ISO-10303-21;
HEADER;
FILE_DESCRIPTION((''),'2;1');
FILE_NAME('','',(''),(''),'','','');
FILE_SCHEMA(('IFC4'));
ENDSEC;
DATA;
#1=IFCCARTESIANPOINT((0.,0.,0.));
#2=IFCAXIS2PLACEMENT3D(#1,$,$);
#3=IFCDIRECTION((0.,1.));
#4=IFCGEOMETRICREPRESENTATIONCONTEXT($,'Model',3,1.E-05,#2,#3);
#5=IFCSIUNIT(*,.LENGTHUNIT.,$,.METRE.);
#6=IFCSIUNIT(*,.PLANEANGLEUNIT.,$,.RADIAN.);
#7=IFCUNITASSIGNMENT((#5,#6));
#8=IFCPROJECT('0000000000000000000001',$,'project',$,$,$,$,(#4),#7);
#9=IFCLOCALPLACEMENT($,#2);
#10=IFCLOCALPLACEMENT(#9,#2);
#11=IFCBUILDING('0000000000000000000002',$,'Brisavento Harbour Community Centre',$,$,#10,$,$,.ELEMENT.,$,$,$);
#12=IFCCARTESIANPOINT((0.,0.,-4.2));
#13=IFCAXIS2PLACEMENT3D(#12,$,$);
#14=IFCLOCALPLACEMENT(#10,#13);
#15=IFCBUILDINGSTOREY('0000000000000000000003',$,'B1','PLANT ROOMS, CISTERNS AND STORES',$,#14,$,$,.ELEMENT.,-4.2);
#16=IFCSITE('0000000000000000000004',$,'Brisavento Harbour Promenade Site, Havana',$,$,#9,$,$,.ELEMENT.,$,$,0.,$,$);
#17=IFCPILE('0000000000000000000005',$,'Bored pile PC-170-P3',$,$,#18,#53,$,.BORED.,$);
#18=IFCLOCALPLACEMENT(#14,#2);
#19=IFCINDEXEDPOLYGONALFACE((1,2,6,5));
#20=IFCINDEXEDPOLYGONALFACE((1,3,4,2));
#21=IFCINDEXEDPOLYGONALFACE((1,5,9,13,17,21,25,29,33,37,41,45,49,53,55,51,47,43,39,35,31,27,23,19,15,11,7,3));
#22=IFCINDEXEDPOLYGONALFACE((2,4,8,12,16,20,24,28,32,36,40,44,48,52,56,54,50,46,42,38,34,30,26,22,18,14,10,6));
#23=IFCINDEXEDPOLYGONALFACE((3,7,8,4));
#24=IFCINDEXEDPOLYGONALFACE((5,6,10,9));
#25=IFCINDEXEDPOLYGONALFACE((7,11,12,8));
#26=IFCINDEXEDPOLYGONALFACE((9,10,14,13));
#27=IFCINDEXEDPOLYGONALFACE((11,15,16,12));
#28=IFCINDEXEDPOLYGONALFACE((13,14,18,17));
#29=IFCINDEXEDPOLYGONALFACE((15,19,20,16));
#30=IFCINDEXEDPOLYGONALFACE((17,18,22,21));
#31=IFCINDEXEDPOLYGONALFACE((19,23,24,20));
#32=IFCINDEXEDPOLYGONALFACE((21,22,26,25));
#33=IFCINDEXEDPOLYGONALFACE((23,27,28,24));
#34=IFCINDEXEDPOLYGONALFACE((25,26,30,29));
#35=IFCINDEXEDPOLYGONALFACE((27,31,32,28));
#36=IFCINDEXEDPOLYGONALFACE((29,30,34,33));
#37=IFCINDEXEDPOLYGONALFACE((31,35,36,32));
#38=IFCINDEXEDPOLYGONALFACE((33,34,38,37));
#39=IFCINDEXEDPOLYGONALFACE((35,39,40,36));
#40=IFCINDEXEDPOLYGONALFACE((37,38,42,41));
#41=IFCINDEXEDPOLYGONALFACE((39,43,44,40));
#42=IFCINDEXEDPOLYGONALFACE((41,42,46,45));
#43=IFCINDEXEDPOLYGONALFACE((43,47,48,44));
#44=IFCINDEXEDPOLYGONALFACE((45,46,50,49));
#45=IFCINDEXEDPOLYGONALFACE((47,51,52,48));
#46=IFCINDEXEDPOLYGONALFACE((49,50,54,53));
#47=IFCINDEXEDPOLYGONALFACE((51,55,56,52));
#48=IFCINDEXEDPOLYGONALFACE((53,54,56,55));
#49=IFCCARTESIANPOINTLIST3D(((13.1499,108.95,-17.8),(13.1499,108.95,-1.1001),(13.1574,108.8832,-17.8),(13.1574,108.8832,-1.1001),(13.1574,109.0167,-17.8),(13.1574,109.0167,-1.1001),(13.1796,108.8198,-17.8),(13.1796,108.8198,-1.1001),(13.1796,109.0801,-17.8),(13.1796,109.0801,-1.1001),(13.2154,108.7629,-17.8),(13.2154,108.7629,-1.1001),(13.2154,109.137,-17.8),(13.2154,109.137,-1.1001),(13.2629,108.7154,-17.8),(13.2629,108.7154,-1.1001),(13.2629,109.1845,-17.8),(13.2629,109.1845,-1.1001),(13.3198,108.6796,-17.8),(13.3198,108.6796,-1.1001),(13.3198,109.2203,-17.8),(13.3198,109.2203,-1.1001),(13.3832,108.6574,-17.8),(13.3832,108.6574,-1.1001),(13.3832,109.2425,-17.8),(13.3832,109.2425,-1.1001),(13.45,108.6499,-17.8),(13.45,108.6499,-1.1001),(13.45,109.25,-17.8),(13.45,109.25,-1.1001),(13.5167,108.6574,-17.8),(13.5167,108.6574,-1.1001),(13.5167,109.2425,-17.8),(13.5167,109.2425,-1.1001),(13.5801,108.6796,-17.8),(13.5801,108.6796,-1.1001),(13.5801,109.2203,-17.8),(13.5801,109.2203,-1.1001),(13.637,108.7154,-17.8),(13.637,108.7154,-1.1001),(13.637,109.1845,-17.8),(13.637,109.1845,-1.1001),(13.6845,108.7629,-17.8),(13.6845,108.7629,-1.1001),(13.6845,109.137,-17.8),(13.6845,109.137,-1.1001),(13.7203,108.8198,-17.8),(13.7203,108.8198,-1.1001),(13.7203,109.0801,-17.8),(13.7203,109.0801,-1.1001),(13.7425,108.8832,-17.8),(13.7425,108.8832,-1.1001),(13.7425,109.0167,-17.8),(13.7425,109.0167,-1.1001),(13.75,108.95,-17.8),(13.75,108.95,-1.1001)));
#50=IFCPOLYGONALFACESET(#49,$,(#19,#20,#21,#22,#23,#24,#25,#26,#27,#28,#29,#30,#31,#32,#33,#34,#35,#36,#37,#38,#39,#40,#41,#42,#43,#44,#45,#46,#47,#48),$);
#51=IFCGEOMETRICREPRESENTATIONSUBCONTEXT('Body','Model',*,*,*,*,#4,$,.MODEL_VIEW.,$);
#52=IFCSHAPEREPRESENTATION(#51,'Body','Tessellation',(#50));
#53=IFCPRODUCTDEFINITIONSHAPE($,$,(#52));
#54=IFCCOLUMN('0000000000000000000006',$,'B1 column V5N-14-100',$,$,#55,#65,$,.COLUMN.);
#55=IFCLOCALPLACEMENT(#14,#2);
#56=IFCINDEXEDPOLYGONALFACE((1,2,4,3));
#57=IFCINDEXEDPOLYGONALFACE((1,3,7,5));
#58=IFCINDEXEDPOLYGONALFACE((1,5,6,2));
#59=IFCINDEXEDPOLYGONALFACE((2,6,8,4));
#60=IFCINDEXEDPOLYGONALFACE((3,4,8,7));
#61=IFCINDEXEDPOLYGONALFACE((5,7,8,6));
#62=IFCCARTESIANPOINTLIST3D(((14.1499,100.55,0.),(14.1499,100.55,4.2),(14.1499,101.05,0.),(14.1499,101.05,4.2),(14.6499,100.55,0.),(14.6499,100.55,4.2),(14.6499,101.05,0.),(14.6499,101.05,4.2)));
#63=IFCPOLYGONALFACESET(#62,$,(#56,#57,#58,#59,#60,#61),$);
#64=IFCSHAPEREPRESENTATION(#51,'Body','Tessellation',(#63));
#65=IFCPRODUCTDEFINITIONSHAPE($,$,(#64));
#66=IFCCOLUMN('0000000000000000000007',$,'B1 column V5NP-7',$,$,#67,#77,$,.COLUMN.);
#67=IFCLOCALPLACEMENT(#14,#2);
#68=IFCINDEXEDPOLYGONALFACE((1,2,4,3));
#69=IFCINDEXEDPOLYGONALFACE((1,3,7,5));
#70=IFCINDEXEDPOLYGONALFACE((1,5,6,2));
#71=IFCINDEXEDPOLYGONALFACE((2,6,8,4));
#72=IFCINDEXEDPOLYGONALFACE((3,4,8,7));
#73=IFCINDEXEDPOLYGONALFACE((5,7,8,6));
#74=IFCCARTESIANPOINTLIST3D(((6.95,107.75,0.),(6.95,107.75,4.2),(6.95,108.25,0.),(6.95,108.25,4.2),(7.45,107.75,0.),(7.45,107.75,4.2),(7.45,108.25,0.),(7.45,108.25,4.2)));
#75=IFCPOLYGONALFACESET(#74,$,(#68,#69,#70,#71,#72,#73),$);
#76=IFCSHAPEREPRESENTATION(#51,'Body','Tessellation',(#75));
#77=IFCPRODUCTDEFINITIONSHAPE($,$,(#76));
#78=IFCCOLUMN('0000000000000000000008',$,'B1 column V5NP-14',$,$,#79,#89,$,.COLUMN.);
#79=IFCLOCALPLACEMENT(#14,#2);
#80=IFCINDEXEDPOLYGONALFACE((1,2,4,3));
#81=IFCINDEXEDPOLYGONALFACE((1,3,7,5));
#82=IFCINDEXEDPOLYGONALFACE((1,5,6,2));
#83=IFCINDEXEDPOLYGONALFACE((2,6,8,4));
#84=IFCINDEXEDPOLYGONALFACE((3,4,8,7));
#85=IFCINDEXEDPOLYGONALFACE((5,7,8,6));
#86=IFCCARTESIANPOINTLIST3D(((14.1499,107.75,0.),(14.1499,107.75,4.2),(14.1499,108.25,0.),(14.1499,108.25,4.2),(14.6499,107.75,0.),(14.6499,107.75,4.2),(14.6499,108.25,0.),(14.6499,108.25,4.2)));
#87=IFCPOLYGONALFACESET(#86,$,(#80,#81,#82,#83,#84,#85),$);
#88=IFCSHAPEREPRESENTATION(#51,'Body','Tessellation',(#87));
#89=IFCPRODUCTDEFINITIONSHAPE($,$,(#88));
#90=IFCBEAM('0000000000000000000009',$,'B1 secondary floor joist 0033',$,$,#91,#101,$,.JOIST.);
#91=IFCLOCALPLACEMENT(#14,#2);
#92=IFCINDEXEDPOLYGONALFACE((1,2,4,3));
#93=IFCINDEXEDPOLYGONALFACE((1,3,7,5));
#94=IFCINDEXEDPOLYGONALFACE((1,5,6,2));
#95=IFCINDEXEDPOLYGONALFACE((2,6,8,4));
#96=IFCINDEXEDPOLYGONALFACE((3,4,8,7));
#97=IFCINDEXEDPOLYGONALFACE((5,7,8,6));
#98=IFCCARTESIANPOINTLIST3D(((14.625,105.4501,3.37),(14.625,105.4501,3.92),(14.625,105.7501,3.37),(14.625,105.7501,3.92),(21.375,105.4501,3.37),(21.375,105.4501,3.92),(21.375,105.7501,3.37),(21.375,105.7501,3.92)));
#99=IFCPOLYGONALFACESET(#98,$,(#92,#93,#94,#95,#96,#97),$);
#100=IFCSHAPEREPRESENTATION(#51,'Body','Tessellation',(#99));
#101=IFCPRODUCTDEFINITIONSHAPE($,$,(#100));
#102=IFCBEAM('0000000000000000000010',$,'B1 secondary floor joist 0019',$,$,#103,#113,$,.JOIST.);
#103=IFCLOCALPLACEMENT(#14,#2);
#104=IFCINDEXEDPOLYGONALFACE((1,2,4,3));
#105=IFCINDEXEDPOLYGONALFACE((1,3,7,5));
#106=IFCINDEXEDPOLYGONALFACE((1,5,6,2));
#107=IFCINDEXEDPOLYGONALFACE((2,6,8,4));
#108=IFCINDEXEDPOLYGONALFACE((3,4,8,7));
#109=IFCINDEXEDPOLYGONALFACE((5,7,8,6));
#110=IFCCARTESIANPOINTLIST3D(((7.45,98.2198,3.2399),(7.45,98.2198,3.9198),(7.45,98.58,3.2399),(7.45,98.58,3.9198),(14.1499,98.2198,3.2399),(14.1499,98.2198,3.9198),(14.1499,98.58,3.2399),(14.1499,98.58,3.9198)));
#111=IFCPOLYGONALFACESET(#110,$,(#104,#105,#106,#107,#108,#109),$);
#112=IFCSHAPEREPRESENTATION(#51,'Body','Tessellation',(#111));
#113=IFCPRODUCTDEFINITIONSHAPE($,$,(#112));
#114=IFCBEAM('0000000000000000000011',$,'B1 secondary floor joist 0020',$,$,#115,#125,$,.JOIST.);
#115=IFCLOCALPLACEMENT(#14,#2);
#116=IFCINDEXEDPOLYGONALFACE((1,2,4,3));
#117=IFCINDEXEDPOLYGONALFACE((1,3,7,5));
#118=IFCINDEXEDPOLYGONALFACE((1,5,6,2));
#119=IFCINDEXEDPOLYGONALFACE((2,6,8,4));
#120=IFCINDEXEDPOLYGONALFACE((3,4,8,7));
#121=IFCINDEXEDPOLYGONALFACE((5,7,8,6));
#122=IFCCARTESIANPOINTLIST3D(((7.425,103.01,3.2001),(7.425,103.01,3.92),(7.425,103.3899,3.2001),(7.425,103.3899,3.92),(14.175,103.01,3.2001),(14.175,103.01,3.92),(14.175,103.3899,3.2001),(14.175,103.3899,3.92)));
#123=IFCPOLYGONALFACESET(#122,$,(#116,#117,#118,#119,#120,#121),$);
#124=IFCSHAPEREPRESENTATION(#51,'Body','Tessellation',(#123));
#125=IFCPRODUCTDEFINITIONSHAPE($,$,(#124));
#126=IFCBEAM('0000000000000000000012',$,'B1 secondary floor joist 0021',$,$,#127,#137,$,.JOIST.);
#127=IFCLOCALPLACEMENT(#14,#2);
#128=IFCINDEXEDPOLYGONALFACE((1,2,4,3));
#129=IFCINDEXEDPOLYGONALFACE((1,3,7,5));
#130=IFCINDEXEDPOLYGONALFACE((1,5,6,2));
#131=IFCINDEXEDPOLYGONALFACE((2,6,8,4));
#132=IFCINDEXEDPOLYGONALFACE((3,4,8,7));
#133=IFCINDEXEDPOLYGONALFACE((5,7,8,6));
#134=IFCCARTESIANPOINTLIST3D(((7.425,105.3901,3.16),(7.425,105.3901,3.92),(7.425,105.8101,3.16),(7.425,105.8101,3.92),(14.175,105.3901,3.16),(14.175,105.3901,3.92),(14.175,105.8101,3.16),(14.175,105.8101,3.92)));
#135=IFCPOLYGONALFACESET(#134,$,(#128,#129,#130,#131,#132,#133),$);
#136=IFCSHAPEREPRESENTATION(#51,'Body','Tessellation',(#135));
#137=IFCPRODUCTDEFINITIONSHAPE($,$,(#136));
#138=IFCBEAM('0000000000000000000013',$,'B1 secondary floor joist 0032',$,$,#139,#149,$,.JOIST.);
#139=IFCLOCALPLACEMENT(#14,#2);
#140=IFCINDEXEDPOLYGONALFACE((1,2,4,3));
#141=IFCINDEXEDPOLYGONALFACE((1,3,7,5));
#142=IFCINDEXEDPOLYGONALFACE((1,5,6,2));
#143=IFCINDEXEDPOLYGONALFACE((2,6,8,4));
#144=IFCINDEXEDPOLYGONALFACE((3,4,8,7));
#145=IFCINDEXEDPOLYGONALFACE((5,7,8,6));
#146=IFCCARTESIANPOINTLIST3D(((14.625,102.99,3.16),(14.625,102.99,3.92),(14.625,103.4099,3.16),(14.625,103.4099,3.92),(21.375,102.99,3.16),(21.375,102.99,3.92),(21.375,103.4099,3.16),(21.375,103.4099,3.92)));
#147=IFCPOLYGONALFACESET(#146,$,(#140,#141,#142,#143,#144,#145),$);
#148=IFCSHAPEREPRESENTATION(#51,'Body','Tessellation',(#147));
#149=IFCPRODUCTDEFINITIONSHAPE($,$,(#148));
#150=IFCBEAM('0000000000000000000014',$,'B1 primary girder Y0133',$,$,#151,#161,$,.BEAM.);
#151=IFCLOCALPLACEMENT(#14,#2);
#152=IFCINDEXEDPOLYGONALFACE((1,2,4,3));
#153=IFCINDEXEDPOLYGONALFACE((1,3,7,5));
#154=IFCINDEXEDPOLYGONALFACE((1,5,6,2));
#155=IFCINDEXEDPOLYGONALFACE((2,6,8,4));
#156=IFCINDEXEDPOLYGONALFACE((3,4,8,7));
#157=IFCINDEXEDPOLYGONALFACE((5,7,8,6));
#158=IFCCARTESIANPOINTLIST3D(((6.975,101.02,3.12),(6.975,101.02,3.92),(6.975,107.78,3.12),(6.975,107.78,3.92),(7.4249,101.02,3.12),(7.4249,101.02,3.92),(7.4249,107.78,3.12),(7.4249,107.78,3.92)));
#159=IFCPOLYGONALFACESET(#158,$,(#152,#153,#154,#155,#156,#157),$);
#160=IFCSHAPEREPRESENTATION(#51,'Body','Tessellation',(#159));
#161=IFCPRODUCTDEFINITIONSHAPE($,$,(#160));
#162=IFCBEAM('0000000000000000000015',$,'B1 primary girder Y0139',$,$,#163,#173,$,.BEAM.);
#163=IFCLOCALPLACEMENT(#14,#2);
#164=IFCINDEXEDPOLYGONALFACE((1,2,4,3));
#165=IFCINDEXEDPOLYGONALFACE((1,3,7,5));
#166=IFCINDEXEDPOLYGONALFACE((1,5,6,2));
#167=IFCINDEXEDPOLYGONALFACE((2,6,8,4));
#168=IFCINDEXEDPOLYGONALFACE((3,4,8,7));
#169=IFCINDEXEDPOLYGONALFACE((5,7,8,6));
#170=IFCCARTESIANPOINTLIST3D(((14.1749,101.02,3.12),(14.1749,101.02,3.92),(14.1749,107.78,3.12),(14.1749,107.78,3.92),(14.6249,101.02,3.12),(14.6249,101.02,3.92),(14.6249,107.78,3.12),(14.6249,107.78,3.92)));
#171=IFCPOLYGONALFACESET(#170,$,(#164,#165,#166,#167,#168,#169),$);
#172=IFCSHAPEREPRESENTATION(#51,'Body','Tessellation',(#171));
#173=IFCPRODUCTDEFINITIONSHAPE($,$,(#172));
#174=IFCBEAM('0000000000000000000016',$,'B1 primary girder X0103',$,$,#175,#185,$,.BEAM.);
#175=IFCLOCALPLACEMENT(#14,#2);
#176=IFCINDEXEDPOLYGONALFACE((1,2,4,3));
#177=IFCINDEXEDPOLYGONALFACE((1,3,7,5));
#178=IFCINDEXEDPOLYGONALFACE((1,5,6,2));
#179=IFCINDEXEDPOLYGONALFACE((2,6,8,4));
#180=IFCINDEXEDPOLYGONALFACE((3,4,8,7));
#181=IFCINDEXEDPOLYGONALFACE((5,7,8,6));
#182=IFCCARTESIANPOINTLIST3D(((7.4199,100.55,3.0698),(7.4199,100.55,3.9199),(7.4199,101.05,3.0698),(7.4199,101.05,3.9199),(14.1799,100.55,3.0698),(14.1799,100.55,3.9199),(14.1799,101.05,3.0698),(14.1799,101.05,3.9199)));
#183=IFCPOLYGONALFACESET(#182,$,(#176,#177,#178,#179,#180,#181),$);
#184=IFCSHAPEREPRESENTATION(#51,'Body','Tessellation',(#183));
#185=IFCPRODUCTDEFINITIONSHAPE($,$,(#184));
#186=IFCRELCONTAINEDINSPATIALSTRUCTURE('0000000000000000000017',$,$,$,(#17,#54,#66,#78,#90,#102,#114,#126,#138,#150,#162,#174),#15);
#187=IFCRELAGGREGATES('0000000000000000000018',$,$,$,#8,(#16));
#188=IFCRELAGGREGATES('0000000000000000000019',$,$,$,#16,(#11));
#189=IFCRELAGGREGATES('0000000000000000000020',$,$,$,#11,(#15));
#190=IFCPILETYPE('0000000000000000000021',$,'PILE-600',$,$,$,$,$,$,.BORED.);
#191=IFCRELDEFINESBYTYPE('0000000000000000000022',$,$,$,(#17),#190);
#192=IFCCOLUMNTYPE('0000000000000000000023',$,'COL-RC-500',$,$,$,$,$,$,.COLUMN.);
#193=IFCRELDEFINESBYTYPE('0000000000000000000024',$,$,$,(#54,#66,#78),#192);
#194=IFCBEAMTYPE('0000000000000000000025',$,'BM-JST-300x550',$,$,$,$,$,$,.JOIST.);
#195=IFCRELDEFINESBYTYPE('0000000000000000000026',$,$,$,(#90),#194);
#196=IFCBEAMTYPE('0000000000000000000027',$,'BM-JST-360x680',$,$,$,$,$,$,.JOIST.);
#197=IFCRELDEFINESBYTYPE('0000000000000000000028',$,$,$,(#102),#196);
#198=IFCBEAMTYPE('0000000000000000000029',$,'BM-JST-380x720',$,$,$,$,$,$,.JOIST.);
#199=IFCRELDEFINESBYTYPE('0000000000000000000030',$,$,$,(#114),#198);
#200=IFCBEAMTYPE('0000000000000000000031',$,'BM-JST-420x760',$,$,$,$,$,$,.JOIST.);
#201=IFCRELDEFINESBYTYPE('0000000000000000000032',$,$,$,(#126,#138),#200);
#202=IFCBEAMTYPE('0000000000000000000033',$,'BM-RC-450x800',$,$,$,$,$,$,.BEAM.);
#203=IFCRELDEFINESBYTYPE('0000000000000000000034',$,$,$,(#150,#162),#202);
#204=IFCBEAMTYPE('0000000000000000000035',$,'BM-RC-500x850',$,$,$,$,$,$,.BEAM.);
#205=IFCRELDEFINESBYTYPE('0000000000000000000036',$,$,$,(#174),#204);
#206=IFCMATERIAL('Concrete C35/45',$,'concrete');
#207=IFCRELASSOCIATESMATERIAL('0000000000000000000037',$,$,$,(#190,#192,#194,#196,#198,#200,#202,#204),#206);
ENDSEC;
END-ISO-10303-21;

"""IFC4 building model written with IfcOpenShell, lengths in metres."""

from ifc_helpers import new_model, si_unit, direction, frame, origin, origin_2d, place, context, subcontext, project, spatial, rectangle, circle, extrude, material, material_profile, profile_set, type_object, element, save


model = new_model("IFC4")

# Units and contexts
model_context = context("Model", 3, precision=1e-05, world=origin(), true_north=direction((0.0, 1.0)))
body_context = subcontext(model_context, "Body", "Model", "MODEL_VIEW")
ifc_project = project(units=[si_unit("LENGTHUNIT", "METRE"), si_unit("PLANEANGLEUNIT", "RADIAN")], contexts=[model_context])

# Site, building, storey
site_placement = place(None, origin())
site = spatial("IfcSite", under=ifc_project, at=site_placement, Name="Brisavento Harbour Promenade Site, Havana", CompositionType="ELEMENT", RefElevation=0.0)
building_placement = place(site_placement, origin())
building = spatial("IfcBuilding", under=site, at=building_placement, Name="Brisavento Harbour Community Centre", CompositionType="ELEMENT")
storey_placement = place(building_placement, frame((0.0, 0.0, -4.2)))
storey = spatial("IfcBuildingStorey", under=building, at=storey_placement, Name="B1", Description="PLANT ROOMS, CISTERNS AND STORES", CompositionType="ELEMENT", Elevation=-4.2)

# Shared definitions
ifc_material = material(Name="Concrete C35/45", Category="concrete")

# Pile
ifc_material_profile_1 = material_profile(ifc_material, circle(Radius=0.3, at=origin_2d()), Name="Concrete C35/45")
ifc_profile_set_1 = profile_set([ifc_material_profile_1], Name="Concrete C35/45")
pile_type = type_object("IfcPileType", Name="PILE-600", PredefinedType="BORED", material=ifc_profile_set_1)
for number, where, z_axis, x_axis, name in (
    (1, (13.45, 108.95, -1.1001), (0.0, 0.0, -1.0), (1.0, 0.0, 0.0), "Bored pile PC-170-P3"),
):
    element("IfcPile", number, at=place(storey_placement, frame(where, z_axis=z_axis, x_axis=x_axis)), inside=storey, type_object=pile_type, Name=name, PredefinedType="BORED", context=body_context, shape_type="SweptSolid", body=[
        extrude(circle(Radius=0.3, at=origin_2d()), origin(), (0.0, 0.0, 1.0), 16.7),
    ])

# Columns
ifc_material_profile_2 = material_profile(ifc_material, rectangle(XDim=0.5, YDim=0.5, at=origin_2d()), Name="Concrete C35/45")
ifc_profile_set_2 = profile_set([ifc_material_profile_2], Name="Concrete C35/45")
column_type = type_object("IfcColumnType", Name="COL-RC-500", PredefinedType="COLUMN", material=ifc_profile_set_2)
for number, where, z_axis, x_axis, name in (
    (2, (14.3999, 100.8, 0.0), (0.0, 0.0, 1.0), (1.0, 0.0, 0.0), "B1 column V5N-14-100"),
    (3, (7.2, 108.0, 0.0), (0.0, 0.0, 1.0), (1.0, 0.0, 0.0), "B1 column V5NP-7"),
    (4, (14.3999, 108.0, 0.0), (0.0, 0.0, 1.0), (1.0, 0.0, 0.0), "B1 column V5NP-14"),
):
    element("IfcColumn", number, at=place(storey_placement, frame(where, z_axis=z_axis, x_axis=x_axis)), inside=storey, type_object=column_type, Name=name, PredefinedType="COLUMN", context=body_context, shape_type="SweptSolid", body=[
        extrude(rectangle(XDim=0.5, YDim=0.5, at=origin_2d()), origin(), (0.0, 0.0, 1.0), 4.2),
    ])

# Beams
ifc_material_profile_3 = material_profile(ifc_material, rectangle(XDim=0.3, YDim=0.55, at=origin_2d()), Name="Concrete C35/45")
ifc_profile_set_3 = profile_set([ifc_material_profile_3], Name="Concrete C35/45")
beam_type_1 = type_object("IfcBeamType", Name="BM-JST-300x550", PredefinedType="JOIST", material=ifc_profile_set_3)
beam_1_placement = place(storey_placement, frame((14.625, 105.6001, 3.645), z_axis=(1.0, 0.0, 0.0), x_axis=(0.0, 1.0, 0.0)))
element("IfcBeam", 5, at=beam_1_placement, inside=storey, type_object=beam_type_1, Name="B1 secondary floor joist 0033", PredefinedType="JOIST", context=body_context, shape_type="SweptSolid", body=[
    extrude(rectangle(XDim=0.3, YDim=0.55, at=origin_2d()), origin(), (0.0, 0.0, 1.0), 6.75),
])
ifc_material_profile_4 = material_profile(ifc_material, rectangle(XDim=0.3601, YDim=0.6799, at=origin_2d()), Name="Concrete C35/45")
ifc_profile_set_4 = profile_set([ifc_material_profile_4], Name="Concrete C35/45")
beam_type_2 = type_object("IfcBeamType", Name="BM-JST-360x680", PredefinedType="JOIST", material=ifc_profile_set_4)
beam_2_placement = place(storey_placement, frame((7.45, 98.3999, 3.5798), z_axis=(1.0, 0.0, 0.0), x_axis=(0.0, 1.0, 0.0)))
element("IfcBeam", 6, at=beam_2_placement, inside=storey, type_object=beam_type_2, Name="B1 secondary floor joist 0019", PredefinedType="JOIST", context=body_context, shape_type="SweptSolid", body=[
    extrude(rectangle(XDim=0.3601, YDim=0.6799, at=origin_2d()), origin(), (0.0, 0.0, 1.0), 6.7),
])
ifc_material_profile_5 = material_profile(ifc_material, rectangle(XDim=0.3799, YDim=0.72, at=origin_2d()), Name="Concrete C35/45")
ifc_profile_set_5 = profile_set([ifc_material_profile_5], Name="Concrete C35/45")
beam_type_3 = type_object("IfcBeamType", Name="BM-JST-380x720", PredefinedType="JOIST", material=ifc_profile_set_5)
beam_3_placement = place(storey_placement, frame((7.425, 103.2, 3.5601), z_axis=(1.0, 0.0, 0.0), x_axis=(0.0, 1.0, 0.0)))
element("IfcBeam", 7, at=beam_3_placement, inside=storey, type_object=beam_type_3, Name="B1 secondary floor joist 0020", PredefinedType="JOIST", context=body_context, shape_type="SweptSolid", body=[
    extrude(rectangle(XDim=0.3799, YDim=0.72, at=origin_2d()), origin(), (0.0, 0.0, 1.0), 6.75),
])
ifc_material_profile_6 = material_profile(ifc_material, rectangle(XDim=0.4199, YDim=0.76, at=origin_2d()), Name="Concrete C35/45")
ifc_profile_set_6 = profile_set([ifc_material_profile_6], Name="Concrete C35/45")
beam_type_4 = type_object("IfcBeamType", Name="BM-JST-420x760", PredefinedType="JOIST", material=ifc_profile_set_6)
for number, where, z_axis, x_axis, name in (
    (8, (7.425, 105.6001, 3.54), (1.0, 0.0, 0.0), (0.0, 1.0, 0.0), "B1 secondary floor joist 0021"),
    (9, (14.625, 103.2, 3.54), (1.0, 0.0, 0.0), (0.0, 1.0, 0.0), "B1 secondary floor joist 0032"),
):
    element("IfcBeam", number, at=place(storey_placement, frame(where, z_axis=z_axis, x_axis=x_axis)), inside=storey, type_object=beam_type_4, Name=name, PredefinedType="JOIST", context=body_context, shape_type="SweptSolid", body=[
        extrude(rectangle(XDim=0.4199, YDim=0.76, at=origin_2d()), origin(), (0.0, 0.0, 1.0), 6.75),
    ])
ifc_material_profile_7 = material_profile(ifc_material, rectangle(XDim=0.45, YDim=0.8, at=origin_2d()), Name="Concrete C35/45")
ifc_profile_set_7 = profile_set([ifc_material_profile_7], Name="Concrete C35/45")
beam_type_5 = type_object("IfcBeamType", Name="BM-RC-450x800", PredefinedType="BEAM", material=ifc_profile_set_7)
for number, where, z_axis, x_axis, name in (
    (10, (7.2, 101.02, 3.52), (0.0, 1.0, 0.0), (-1.0, 0.0, 0.0), "B1 primary girder Y0133"),
    (11, (14.3999, 101.02, 3.52), (0.0, 1.0, 0.0), (-1.0, 0.0, 0.0), "B1 primary girder Y0139"),
):
    element("IfcBeam", number, at=place(storey_placement, frame(where, z_axis=z_axis, x_axis=x_axis)), inside=storey, type_object=beam_type_5, Name=name, PredefinedType="BEAM", context=body_context, shape_type="SweptSolid", body=[
        extrude(rectangle(XDim=0.45, YDim=0.8, at=origin_2d()), origin(), (0.0, 0.0, 1.0), 6.76),
    ])
ifc_material_profile_8 = material_profile(ifc_material, rectangle(XDim=0.5, YDim=0.8501, at=origin_2d()), Name="Concrete C35/45")
ifc_profile_set_8 = profile_set([ifc_material_profile_8], Name="Concrete C35/45")
beam_type_6 = type_object("IfcBeamType", Name="BM-RC-500x850", PredefinedType="BEAM", material=ifc_profile_set_8)
for number, where, z_axis, x_axis, name in (
    (12, (7.4199, 100.8, 3.4949), (1.0, 0.0, 0.0), (0.0, 1.0, 0.0), "B1 primary girder X0103"),
):
    element("IfcBeam", number, at=place(storey_placement, frame(where, z_axis=z_axis, x_axis=x_axis)), inside=storey, type_object=beam_type_6, Name=name, PredefinedType="BEAM", context=body_context, shape_type="SweptSolid", body=[
        extrude(rectangle(XDim=0.5, YDim=0.8501, at=origin_2d()), origin(), (0.0, 0.0, 1.0), 6.76),
    ])

save(model, "model.ifc")
